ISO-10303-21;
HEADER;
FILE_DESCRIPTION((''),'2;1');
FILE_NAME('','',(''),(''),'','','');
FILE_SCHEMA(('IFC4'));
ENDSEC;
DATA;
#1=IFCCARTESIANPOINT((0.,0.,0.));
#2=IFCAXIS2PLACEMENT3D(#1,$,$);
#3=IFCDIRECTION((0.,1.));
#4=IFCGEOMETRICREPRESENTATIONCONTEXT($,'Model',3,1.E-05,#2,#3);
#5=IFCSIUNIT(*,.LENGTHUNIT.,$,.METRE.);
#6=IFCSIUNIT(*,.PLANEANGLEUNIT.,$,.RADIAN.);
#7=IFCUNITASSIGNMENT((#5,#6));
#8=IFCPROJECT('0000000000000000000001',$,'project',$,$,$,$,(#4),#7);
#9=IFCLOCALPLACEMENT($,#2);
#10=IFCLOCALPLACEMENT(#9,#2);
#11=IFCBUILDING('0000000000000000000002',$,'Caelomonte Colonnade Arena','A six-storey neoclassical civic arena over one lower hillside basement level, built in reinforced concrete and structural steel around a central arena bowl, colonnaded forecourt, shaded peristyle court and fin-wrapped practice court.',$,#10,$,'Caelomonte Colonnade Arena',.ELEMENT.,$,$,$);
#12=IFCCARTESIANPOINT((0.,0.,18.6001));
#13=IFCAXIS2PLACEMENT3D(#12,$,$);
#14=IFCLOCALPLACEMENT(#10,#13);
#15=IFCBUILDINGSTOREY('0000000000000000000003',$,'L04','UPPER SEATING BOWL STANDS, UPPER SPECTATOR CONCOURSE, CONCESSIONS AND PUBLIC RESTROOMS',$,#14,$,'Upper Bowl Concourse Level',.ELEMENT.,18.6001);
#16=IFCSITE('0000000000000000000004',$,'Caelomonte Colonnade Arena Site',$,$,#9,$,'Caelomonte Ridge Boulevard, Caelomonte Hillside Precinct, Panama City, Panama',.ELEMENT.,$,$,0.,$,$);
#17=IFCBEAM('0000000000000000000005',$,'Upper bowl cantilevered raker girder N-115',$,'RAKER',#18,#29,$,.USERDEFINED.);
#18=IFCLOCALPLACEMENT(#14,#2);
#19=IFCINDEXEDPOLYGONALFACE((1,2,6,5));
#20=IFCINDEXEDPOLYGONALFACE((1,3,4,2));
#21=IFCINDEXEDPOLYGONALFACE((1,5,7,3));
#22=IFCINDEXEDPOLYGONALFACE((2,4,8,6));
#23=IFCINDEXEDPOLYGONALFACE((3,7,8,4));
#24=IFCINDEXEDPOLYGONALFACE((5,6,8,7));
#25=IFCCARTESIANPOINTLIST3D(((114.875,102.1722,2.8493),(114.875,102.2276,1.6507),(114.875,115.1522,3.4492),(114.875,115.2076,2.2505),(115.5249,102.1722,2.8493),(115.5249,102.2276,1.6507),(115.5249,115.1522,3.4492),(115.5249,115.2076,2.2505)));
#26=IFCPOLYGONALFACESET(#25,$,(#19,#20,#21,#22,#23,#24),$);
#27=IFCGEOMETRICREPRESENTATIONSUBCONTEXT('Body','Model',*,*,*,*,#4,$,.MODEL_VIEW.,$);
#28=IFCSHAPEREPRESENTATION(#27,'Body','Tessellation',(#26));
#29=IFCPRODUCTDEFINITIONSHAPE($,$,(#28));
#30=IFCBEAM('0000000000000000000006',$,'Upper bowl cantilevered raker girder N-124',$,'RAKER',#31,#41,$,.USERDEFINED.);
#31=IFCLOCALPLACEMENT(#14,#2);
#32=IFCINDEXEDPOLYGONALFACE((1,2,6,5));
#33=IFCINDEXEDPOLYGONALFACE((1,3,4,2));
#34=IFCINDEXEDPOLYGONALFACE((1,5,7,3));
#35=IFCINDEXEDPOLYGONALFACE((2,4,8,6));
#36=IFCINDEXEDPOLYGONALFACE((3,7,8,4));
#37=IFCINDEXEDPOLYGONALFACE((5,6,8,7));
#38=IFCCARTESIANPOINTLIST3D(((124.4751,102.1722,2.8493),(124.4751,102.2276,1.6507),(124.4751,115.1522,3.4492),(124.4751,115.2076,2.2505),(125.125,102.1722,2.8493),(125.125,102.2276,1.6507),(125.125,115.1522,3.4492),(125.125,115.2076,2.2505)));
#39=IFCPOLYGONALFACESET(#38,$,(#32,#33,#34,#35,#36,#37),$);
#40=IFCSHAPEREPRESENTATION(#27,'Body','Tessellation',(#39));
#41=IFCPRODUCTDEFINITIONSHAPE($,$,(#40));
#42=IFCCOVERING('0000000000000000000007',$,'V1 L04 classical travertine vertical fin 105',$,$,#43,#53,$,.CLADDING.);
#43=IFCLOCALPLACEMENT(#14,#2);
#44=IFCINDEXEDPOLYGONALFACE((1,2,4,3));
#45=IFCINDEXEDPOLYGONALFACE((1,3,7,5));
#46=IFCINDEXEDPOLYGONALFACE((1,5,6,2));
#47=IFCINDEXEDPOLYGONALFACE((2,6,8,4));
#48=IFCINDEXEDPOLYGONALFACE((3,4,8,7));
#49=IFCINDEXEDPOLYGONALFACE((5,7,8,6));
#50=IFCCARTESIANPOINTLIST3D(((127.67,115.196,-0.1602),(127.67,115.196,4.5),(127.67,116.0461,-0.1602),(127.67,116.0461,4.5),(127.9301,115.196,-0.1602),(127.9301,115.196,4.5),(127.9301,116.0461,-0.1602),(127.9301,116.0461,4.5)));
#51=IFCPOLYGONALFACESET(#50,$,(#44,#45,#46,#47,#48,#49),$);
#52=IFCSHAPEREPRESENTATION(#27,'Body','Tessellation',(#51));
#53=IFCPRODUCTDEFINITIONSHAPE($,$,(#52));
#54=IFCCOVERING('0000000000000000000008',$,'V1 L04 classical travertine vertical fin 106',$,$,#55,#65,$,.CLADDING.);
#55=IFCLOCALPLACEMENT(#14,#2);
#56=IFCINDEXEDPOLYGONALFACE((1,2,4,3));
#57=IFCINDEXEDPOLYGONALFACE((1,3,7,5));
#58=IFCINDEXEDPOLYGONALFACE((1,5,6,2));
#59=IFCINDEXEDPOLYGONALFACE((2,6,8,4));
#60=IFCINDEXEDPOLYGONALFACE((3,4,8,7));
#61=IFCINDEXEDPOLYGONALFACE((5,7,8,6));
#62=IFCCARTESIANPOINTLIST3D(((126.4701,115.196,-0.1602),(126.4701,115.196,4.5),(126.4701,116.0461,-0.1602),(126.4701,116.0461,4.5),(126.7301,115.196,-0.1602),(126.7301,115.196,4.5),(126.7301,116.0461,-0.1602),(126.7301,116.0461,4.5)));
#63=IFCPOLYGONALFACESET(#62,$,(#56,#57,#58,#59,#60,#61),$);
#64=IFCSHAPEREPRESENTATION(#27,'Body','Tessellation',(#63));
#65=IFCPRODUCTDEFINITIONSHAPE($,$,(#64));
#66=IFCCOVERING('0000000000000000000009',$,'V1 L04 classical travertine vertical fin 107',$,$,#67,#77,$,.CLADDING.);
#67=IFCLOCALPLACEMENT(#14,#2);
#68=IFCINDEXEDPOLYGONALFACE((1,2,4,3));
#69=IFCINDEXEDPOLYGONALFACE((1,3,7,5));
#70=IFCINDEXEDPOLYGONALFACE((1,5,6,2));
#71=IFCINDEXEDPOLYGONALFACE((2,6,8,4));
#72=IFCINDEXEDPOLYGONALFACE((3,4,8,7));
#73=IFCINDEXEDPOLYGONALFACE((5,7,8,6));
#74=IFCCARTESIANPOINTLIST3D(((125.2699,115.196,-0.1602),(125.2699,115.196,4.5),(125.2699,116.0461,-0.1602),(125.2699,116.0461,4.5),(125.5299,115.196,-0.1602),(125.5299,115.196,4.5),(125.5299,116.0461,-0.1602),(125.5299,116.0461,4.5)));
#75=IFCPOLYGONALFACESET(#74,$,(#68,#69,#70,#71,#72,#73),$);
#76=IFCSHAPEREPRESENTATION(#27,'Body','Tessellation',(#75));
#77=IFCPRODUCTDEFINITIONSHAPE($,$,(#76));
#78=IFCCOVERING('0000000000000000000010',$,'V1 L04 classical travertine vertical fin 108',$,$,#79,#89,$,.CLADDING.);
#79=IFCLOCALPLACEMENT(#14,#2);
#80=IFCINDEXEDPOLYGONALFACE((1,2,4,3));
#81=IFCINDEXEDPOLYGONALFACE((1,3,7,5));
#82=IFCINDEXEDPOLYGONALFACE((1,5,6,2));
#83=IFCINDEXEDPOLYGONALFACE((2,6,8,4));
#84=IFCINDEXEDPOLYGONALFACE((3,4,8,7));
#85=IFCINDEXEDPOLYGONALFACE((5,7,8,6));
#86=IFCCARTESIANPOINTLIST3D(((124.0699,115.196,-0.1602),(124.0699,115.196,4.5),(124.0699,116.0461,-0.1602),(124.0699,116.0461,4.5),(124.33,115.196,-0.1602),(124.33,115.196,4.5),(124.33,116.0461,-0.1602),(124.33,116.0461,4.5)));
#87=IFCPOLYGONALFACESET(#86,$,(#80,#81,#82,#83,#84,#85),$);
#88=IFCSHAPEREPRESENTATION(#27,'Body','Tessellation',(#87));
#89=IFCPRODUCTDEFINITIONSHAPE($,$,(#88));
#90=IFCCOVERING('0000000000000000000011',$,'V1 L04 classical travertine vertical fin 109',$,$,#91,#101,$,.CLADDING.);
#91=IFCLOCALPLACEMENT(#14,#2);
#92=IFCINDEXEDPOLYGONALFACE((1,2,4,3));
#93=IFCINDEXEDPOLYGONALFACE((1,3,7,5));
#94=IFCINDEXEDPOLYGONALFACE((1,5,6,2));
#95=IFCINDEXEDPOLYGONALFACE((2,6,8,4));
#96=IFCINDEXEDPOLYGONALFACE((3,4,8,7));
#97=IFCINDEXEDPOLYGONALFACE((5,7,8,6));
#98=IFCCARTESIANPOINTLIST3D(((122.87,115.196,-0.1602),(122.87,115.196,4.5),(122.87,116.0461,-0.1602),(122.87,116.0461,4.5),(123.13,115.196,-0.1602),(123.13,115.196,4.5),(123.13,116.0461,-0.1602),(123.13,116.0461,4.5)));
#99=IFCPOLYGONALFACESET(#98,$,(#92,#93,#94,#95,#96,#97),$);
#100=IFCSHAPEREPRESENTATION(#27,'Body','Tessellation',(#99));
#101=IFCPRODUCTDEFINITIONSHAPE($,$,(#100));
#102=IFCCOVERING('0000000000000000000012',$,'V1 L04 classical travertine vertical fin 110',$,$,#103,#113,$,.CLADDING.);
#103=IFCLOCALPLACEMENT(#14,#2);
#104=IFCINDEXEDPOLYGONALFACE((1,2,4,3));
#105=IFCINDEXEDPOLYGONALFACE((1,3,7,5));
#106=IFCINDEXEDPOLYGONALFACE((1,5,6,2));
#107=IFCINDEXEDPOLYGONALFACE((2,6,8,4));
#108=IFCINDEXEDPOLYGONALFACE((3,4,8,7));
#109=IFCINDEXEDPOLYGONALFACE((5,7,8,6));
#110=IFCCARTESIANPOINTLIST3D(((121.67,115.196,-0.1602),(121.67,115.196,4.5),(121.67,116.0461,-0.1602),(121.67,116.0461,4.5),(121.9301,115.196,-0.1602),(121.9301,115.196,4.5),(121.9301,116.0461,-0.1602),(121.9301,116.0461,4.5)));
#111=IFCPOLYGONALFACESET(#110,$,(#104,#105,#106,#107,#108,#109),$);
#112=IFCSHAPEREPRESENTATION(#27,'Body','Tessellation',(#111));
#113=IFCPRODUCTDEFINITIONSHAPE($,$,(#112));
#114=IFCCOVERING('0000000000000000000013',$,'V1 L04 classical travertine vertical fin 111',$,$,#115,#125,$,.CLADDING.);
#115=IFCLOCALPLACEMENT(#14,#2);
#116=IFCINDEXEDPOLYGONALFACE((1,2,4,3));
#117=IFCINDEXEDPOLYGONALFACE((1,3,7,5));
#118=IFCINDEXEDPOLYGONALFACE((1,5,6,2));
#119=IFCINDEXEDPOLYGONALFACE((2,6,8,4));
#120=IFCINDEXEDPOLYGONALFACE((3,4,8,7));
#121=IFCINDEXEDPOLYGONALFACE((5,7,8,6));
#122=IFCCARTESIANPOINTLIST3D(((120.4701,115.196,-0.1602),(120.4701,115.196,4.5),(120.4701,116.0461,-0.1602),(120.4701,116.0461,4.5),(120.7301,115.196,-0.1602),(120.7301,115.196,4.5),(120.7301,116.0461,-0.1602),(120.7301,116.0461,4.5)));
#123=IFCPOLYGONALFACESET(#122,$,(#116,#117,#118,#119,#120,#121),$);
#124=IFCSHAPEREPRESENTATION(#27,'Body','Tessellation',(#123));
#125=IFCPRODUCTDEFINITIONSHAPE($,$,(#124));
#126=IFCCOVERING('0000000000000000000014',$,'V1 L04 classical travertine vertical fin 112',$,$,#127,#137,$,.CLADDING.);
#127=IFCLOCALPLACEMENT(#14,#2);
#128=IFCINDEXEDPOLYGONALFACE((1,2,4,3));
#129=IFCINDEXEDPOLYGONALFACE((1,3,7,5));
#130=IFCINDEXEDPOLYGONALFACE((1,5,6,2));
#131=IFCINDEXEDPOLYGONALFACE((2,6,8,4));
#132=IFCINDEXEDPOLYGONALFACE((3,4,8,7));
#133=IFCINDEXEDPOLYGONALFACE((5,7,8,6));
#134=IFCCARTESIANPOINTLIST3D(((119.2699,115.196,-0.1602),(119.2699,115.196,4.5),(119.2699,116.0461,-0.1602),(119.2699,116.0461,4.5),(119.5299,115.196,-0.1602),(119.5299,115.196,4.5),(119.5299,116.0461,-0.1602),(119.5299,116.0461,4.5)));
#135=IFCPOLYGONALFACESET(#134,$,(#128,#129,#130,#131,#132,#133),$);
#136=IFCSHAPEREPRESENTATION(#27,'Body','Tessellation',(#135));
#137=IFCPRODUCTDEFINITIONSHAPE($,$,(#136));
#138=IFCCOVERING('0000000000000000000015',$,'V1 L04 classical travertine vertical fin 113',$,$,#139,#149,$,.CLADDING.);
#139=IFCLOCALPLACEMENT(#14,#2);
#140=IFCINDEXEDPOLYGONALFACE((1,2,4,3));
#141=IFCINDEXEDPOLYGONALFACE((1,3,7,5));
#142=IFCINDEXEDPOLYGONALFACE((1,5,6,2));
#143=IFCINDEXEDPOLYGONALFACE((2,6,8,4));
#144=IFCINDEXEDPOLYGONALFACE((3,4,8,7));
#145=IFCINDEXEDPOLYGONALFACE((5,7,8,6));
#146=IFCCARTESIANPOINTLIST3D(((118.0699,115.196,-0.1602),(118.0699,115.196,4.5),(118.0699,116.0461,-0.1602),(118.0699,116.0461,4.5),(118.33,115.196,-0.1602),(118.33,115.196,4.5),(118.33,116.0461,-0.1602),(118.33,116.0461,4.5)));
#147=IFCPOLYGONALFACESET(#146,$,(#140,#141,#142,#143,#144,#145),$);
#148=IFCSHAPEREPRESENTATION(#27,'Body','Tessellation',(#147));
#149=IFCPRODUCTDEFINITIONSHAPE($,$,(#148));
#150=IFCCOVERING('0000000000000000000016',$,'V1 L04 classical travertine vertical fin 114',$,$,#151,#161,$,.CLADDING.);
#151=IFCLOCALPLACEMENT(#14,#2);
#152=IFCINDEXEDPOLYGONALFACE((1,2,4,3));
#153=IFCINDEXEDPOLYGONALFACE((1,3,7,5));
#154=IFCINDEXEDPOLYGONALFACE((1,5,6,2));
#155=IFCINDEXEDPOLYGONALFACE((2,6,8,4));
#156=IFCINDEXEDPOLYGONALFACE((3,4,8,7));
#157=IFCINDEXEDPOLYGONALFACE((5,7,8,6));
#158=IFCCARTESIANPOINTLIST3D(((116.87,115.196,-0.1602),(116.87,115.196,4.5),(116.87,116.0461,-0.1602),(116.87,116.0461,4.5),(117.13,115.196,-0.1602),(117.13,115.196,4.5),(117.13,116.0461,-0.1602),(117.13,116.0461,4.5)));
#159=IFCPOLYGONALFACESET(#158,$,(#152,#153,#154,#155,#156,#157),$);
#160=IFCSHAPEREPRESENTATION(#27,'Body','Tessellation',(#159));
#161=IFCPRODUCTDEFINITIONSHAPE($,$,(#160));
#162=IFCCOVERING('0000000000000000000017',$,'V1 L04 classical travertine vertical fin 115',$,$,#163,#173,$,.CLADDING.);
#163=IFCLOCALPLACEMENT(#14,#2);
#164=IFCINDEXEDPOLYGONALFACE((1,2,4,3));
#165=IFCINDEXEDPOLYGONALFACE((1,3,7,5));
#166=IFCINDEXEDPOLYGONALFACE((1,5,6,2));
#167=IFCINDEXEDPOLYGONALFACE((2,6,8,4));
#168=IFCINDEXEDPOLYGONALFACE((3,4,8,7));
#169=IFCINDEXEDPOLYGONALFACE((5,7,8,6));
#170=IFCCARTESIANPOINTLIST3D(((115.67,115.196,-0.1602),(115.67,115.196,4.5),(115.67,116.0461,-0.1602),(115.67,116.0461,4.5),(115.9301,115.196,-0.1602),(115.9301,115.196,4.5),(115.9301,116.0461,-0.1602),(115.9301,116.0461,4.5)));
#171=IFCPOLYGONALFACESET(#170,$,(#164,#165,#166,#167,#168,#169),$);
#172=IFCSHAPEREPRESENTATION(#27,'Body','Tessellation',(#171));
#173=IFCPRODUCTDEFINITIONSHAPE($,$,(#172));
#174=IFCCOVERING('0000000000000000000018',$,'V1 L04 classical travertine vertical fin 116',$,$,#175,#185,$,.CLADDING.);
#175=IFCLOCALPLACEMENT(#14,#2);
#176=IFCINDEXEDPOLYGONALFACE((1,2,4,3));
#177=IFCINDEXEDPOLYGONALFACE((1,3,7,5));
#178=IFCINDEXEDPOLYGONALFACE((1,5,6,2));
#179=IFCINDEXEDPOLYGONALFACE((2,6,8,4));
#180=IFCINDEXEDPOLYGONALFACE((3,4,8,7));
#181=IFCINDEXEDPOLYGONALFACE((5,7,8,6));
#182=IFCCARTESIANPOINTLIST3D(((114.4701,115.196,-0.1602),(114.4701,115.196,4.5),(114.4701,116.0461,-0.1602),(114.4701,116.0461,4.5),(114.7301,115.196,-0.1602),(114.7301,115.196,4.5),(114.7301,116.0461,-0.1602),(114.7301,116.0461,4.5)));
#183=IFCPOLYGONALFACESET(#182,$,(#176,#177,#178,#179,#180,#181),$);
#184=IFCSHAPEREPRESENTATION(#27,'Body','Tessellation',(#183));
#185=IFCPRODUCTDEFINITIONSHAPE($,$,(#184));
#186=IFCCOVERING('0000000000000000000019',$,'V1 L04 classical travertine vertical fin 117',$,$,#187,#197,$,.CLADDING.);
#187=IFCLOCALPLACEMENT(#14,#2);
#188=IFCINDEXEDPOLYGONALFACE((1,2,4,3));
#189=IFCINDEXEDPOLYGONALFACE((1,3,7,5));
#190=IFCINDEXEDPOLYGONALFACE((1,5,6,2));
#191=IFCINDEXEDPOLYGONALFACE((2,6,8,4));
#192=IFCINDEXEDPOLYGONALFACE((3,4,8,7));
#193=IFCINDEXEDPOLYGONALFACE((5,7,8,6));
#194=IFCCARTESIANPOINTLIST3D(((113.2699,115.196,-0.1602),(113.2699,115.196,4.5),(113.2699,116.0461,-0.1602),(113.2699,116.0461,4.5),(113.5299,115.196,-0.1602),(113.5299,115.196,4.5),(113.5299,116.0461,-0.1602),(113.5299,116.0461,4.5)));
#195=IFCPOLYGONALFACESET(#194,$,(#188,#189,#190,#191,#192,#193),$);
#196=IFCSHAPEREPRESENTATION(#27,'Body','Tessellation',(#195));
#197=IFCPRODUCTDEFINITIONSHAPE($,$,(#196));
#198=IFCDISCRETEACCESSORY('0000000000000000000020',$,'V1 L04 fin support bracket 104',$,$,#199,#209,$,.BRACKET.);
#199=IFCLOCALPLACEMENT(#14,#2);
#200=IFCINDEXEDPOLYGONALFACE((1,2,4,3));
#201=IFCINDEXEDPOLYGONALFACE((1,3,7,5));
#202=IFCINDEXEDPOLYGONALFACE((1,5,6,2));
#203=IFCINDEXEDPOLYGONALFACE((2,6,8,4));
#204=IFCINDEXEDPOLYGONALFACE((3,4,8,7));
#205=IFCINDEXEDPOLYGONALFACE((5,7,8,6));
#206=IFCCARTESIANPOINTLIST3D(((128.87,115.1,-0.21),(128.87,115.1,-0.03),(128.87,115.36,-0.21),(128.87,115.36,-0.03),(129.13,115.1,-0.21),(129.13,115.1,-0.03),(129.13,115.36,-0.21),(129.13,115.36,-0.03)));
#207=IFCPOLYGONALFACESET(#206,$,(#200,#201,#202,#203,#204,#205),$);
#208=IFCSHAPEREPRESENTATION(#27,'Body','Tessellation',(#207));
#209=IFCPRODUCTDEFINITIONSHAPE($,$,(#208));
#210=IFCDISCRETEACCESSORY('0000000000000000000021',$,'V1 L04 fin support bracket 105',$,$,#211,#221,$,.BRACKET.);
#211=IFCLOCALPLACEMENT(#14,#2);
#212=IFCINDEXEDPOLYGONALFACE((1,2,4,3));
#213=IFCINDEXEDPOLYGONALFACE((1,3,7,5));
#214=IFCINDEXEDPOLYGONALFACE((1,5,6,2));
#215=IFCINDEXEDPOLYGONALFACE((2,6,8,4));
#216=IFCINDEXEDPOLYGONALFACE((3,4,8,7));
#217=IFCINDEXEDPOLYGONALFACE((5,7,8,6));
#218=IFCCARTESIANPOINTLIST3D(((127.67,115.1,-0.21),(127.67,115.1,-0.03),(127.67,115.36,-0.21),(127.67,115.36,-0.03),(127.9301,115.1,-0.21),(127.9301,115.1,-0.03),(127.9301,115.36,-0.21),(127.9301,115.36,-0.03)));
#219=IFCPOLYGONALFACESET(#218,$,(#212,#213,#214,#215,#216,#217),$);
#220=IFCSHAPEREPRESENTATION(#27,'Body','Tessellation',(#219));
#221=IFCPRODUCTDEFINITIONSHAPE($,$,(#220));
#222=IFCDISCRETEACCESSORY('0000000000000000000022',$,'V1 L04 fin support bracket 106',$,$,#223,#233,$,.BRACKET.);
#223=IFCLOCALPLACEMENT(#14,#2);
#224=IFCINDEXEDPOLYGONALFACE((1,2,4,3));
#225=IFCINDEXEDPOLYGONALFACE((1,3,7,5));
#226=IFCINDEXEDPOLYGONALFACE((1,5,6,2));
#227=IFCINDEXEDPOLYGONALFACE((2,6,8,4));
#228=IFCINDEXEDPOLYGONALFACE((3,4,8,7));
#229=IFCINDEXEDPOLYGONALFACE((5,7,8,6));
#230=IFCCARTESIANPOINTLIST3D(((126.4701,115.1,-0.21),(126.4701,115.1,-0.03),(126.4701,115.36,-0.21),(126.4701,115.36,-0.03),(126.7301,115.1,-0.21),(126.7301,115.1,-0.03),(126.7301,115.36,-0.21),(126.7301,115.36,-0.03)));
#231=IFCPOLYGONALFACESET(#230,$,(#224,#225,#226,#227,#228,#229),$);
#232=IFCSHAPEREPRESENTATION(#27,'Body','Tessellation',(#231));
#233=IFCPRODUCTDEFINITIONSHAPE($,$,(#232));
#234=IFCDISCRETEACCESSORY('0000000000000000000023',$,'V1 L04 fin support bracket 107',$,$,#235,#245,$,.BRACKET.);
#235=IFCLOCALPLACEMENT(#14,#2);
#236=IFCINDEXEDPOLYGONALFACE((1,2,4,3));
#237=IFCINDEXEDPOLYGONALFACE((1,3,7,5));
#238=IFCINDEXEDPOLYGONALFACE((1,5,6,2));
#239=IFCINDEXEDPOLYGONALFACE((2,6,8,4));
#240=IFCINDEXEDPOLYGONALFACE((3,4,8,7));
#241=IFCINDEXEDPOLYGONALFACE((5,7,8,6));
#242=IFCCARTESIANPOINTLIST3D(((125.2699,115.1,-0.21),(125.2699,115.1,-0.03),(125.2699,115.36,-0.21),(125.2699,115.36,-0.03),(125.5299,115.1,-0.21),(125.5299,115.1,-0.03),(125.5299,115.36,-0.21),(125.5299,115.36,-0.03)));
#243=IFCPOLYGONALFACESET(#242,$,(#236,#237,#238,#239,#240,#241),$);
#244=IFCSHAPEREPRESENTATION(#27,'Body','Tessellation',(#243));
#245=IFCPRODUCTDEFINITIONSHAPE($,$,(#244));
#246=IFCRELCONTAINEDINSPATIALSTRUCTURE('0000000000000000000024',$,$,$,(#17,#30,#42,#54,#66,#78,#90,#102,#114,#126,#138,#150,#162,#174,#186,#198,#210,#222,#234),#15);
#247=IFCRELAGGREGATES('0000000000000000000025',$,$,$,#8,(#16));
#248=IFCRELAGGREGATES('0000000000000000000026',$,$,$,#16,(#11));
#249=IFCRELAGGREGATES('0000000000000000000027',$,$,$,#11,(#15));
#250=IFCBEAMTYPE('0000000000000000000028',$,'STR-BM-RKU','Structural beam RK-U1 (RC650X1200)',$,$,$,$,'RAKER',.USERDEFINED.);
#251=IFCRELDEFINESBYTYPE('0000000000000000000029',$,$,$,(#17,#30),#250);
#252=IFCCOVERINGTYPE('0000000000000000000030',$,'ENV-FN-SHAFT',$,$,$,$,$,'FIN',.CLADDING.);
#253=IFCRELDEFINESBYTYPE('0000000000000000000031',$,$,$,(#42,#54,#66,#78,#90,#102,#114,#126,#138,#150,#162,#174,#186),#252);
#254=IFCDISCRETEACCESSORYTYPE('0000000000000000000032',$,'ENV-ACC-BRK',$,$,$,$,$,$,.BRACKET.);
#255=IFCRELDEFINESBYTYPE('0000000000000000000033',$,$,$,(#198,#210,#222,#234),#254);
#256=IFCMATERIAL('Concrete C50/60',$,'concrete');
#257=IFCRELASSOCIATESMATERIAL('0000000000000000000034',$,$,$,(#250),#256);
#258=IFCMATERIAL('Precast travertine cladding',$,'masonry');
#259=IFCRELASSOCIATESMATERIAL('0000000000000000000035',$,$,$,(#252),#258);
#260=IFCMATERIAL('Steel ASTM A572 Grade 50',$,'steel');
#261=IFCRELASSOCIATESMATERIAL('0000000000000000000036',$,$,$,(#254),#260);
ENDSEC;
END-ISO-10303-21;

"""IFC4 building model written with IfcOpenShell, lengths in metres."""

from ifc_helpers import new_model, si_unit, direction, frame, origin, origin_2d, place, context, subcontext, project, spatial, rectangle, extrude, material, material_profile, profile_set, type_object, element, save


model = new_model("IFC4")

# Units and contexts
model_context = context("Model", 3, precision=1e-05, world=origin(), true_north=direction((0.0, 1.0)))
body_context = subcontext(model_context, "Body", "Model", "MODEL_VIEW")
ifc_project = project(units=[si_unit("LENGTHUNIT", "METRE"), si_unit("PLANEANGLEUNIT", "RADIAN")], contexts=[model_context])

# Site, building, storey
site_placement = place(None, origin())
site = spatial("IfcSite", under=ifc_project, at=site_placement, Name="Caelomonte Colonnade Arena Site", LongName="Caelomonte Ridge Boulevard, Caelomonte Hillside Precinct, Panama City, Panama", CompositionType="ELEMENT", RefElevation=0.0)
building_placement = place(site_placement, origin())
building = spatial("IfcBuilding", under=site, at=building_placement, Name="Caelomonte Colonnade Arena", Description="A six-storey neoclassical civic arena over one lower hillside basement level, built in reinforced concrete and structural steel around a central arena bowl, colonnaded forecourt, shaded peristyle court and fin-wrapped practice court.", LongName="Caelomonte Colonnade Arena", CompositionType="ELEMENT")
storey_placement = place(building_placement, frame((0.0, 0.0, 18.6001)))
storey = spatial("IfcBuildingStorey", under=building, at=storey_placement, Name="L04", Description="UPPER SEATING BOWL STANDS, UPPER SPECTATOR CONCOURSE, CONCESSIONS AND PUBLIC RESTROOMS", LongName="Upper Bowl Concourse Level", CompositionType="ELEMENT", Elevation=18.6001)

# Beams
ifc_material_1 = material(Name="Concrete C50/60", Category="concrete")
ifc_material_profile_1 = material_profile(ifc_material_1, rectangle(XDim=0.6499, YDim=1.2, at=origin_2d()), Name="RC650X1200")
ifc_profile_set_1 = profile_set([ifc_material_profile_1], Name="Concrete C50/60")
beam_type_1 = type_object("IfcBeamType", Name="STR-BM-RKU", Description="Structural beam RK-U1 (RC650X1200)", ElementType="RAKER", PredefinedType="USERDEFINED", material=ifc_profile_set_1)
for number, where, z_axis, x_axis, name in (
    (1, (115.2, 115.1799, 2.8499), (0.0, -0.998934, -0.046164), (1.0, 0.0, 0.0), "Upper bowl cantilevered raker girder N-115"),
    (2, (124.8, 115.1799, 2.8499), (0.0, -0.998934, -0.046164), (1.0, 0.0, 0.0), "Upper bowl cantilevered raker girder N-124"),
):
    element("IfcBeam", number, at=place(storey_placement, frame(where, z_axis=z_axis, x_axis=x_axis)), inside=storey, type_object=beam_type_1, Name=name, ObjectType="RAKER", PredefinedType="USERDEFINED", context=body_context, shape_type="SweptSolid", body=[
        extrude(rectangle(XDim=0.6499, YDim=1.2, at=origin_2d()), origin(), (0.0, 0.0, 1.0), 12.9939),
    ])

# Coverings
ifc_material_2 = material(Name="Precast travertine cladding", Category="masonry")
ifc_material_profile_2 = material_profile(ifc_material_2, rectangle(XDim=0.26, YDim=0.8501, at=origin_2d()), Name="FIN260X850")
ifc_profile_set_2 = profile_set([ifc_material_profile_2], Name="Precast travertine cladding")
covering_type = type_object("IfcCoveringType", Name="ENV-FN-SHAFT", ElementType="FIN", PredefinedType="CLADDING", material=ifc_profile_set_2)
for number, where, z_axis, x_axis, name in (
    (3, (127.8, 115.6211, -0.1602), (0.0, 0.0, 1.0), (1.0, 0.0, 0.0), "V1 L04 classical travertine vertical fin 105"),
    (4, (126.6001, 115.6211, -0.1602), (0.0, 0.0, 1.0), (1.0, 0.0, 0.0), "V1 L04 classical travertine vertical fin 106"),
    (5, (125.3999, 115.6211, -0.1602), (0.0, 0.0, 1.0), (1.0, 0.0, 0.0), "V1 L04 classical travertine vertical fin 107"),
    (6, (124.2, 115.6211, -0.1602), (0.0, 0.0, 1.0), (1.0, 0.0, 0.0), "V1 L04 classical travertine vertical fin 108"),
    (7, (123.0, 115.6211, -0.1602), (0.0, 0.0, 1.0), (1.0, 0.0, 0.0), "V1 L04 classical travertine vertical fin 109"),
    (8, (121.8, 115.6211, -0.1602), (0.0, 0.0, 1.0), (1.0, 0.0, 0.0), "V1 L04 classical travertine vertical fin 110"),
    (9, (120.6001, 115.6211, -0.1602), (0.0, 0.0, 1.0), (1.0, 0.0, 0.0), "V1 L04 classical travertine vertical fin 111"),
    (10, (119.3999, 115.6211, -0.1602), (0.0, 0.0, 1.0), (1.0, 0.0, 0.0), "V1 L04 classical travertine vertical fin 112"),
    (11, (118.2, 115.6211, -0.1602), (0.0, 0.0, 1.0), (1.0, 0.0, 0.0), "V1 L04 classical travertine vertical fin 113"),
    (12, (117.0, 115.6211, -0.1602), (0.0, 0.0, 1.0), (1.0, 0.0, 0.0), "V1 L04 classical travertine vertical fin 114"),
    (13, (115.8, 115.6211, -0.1602), (0.0, 0.0, 1.0), (1.0, 0.0, 0.0), "V1 L04 classical travertine vertical fin 115"),
    (14, (114.6001, 115.6211, -0.1602), (0.0, 0.0, 1.0), (1.0, 0.0, 0.0), "V1 L04 classical travertine vertical fin 116"),
    (15, (113.3999, 115.6211, -0.1602), (0.0, 0.0, 1.0), (1.0, 0.0, 0.0), "V1 L04 classical travertine vertical fin 117"),
):
    element("IfcCovering", number, at=place(storey_placement, frame(where, z_axis=z_axis, x_axis=x_axis)), inside=storey, type_object=covering_type, Name=name, PredefinedType="CLADDING", context=body_context, shape_type="SweptSolid", body=[
        extrude(rectangle(XDim=0.26, YDim=0.8501, at=origin_2d()), origin(), (0.0, 0.0, 1.0), 4.6602),
    ])

# Discrete accessories
ifc_material_3 = material(Name="Steel ASTM A572 Grade 50", Category="steel")
discrete_accessory_type = type_object("IfcDiscreteAccessoryType", Name="ENV-ACC-BRK", PredefinedType="BRACKET", material=ifc_material_3)
for number, where, z_axis, x_axis, name in (
    (16, (129.0, 115.23, -0.21), (0.0, 0.0, 1.0), (-1.0, 0.0, 0.0), "V1 L04 fin support bracket 104"),
    (17, (127.8, 115.23, -0.21), (0.0, 0.0, 1.0), (-1.0, 0.0, 0.0), "V1 L04 fin support bracket 105"),
    (18, (126.6001, 115.23, -0.21), (0.0, 0.0, 1.0), (-1.0, 0.0, 0.0), "V1 L04 fin support bracket 106"),
    (19, (125.3999, 115.23, -0.21), (0.0, 0.0, 1.0), (-1.0, 0.0, 0.0), "V1 L04 fin support bracket 107"),
):
    element("IfcDiscreteAccessory", number, at=place(storey_placement, frame(where, z_axis=z_axis, x_axis=x_axis)), inside=storey, type_object=discrete_accessory_type, Name=name, PredefinedType="BRACKET", context=body_context, shape_type="SweptSolid", body=[
        extrude(rectangle(XDim=0.26, YDim=0.26, at=origin_2d()), origin(), (0.0, 0.0, 1.0), 0.1799),
    ])

save(model, "model.ifc")
